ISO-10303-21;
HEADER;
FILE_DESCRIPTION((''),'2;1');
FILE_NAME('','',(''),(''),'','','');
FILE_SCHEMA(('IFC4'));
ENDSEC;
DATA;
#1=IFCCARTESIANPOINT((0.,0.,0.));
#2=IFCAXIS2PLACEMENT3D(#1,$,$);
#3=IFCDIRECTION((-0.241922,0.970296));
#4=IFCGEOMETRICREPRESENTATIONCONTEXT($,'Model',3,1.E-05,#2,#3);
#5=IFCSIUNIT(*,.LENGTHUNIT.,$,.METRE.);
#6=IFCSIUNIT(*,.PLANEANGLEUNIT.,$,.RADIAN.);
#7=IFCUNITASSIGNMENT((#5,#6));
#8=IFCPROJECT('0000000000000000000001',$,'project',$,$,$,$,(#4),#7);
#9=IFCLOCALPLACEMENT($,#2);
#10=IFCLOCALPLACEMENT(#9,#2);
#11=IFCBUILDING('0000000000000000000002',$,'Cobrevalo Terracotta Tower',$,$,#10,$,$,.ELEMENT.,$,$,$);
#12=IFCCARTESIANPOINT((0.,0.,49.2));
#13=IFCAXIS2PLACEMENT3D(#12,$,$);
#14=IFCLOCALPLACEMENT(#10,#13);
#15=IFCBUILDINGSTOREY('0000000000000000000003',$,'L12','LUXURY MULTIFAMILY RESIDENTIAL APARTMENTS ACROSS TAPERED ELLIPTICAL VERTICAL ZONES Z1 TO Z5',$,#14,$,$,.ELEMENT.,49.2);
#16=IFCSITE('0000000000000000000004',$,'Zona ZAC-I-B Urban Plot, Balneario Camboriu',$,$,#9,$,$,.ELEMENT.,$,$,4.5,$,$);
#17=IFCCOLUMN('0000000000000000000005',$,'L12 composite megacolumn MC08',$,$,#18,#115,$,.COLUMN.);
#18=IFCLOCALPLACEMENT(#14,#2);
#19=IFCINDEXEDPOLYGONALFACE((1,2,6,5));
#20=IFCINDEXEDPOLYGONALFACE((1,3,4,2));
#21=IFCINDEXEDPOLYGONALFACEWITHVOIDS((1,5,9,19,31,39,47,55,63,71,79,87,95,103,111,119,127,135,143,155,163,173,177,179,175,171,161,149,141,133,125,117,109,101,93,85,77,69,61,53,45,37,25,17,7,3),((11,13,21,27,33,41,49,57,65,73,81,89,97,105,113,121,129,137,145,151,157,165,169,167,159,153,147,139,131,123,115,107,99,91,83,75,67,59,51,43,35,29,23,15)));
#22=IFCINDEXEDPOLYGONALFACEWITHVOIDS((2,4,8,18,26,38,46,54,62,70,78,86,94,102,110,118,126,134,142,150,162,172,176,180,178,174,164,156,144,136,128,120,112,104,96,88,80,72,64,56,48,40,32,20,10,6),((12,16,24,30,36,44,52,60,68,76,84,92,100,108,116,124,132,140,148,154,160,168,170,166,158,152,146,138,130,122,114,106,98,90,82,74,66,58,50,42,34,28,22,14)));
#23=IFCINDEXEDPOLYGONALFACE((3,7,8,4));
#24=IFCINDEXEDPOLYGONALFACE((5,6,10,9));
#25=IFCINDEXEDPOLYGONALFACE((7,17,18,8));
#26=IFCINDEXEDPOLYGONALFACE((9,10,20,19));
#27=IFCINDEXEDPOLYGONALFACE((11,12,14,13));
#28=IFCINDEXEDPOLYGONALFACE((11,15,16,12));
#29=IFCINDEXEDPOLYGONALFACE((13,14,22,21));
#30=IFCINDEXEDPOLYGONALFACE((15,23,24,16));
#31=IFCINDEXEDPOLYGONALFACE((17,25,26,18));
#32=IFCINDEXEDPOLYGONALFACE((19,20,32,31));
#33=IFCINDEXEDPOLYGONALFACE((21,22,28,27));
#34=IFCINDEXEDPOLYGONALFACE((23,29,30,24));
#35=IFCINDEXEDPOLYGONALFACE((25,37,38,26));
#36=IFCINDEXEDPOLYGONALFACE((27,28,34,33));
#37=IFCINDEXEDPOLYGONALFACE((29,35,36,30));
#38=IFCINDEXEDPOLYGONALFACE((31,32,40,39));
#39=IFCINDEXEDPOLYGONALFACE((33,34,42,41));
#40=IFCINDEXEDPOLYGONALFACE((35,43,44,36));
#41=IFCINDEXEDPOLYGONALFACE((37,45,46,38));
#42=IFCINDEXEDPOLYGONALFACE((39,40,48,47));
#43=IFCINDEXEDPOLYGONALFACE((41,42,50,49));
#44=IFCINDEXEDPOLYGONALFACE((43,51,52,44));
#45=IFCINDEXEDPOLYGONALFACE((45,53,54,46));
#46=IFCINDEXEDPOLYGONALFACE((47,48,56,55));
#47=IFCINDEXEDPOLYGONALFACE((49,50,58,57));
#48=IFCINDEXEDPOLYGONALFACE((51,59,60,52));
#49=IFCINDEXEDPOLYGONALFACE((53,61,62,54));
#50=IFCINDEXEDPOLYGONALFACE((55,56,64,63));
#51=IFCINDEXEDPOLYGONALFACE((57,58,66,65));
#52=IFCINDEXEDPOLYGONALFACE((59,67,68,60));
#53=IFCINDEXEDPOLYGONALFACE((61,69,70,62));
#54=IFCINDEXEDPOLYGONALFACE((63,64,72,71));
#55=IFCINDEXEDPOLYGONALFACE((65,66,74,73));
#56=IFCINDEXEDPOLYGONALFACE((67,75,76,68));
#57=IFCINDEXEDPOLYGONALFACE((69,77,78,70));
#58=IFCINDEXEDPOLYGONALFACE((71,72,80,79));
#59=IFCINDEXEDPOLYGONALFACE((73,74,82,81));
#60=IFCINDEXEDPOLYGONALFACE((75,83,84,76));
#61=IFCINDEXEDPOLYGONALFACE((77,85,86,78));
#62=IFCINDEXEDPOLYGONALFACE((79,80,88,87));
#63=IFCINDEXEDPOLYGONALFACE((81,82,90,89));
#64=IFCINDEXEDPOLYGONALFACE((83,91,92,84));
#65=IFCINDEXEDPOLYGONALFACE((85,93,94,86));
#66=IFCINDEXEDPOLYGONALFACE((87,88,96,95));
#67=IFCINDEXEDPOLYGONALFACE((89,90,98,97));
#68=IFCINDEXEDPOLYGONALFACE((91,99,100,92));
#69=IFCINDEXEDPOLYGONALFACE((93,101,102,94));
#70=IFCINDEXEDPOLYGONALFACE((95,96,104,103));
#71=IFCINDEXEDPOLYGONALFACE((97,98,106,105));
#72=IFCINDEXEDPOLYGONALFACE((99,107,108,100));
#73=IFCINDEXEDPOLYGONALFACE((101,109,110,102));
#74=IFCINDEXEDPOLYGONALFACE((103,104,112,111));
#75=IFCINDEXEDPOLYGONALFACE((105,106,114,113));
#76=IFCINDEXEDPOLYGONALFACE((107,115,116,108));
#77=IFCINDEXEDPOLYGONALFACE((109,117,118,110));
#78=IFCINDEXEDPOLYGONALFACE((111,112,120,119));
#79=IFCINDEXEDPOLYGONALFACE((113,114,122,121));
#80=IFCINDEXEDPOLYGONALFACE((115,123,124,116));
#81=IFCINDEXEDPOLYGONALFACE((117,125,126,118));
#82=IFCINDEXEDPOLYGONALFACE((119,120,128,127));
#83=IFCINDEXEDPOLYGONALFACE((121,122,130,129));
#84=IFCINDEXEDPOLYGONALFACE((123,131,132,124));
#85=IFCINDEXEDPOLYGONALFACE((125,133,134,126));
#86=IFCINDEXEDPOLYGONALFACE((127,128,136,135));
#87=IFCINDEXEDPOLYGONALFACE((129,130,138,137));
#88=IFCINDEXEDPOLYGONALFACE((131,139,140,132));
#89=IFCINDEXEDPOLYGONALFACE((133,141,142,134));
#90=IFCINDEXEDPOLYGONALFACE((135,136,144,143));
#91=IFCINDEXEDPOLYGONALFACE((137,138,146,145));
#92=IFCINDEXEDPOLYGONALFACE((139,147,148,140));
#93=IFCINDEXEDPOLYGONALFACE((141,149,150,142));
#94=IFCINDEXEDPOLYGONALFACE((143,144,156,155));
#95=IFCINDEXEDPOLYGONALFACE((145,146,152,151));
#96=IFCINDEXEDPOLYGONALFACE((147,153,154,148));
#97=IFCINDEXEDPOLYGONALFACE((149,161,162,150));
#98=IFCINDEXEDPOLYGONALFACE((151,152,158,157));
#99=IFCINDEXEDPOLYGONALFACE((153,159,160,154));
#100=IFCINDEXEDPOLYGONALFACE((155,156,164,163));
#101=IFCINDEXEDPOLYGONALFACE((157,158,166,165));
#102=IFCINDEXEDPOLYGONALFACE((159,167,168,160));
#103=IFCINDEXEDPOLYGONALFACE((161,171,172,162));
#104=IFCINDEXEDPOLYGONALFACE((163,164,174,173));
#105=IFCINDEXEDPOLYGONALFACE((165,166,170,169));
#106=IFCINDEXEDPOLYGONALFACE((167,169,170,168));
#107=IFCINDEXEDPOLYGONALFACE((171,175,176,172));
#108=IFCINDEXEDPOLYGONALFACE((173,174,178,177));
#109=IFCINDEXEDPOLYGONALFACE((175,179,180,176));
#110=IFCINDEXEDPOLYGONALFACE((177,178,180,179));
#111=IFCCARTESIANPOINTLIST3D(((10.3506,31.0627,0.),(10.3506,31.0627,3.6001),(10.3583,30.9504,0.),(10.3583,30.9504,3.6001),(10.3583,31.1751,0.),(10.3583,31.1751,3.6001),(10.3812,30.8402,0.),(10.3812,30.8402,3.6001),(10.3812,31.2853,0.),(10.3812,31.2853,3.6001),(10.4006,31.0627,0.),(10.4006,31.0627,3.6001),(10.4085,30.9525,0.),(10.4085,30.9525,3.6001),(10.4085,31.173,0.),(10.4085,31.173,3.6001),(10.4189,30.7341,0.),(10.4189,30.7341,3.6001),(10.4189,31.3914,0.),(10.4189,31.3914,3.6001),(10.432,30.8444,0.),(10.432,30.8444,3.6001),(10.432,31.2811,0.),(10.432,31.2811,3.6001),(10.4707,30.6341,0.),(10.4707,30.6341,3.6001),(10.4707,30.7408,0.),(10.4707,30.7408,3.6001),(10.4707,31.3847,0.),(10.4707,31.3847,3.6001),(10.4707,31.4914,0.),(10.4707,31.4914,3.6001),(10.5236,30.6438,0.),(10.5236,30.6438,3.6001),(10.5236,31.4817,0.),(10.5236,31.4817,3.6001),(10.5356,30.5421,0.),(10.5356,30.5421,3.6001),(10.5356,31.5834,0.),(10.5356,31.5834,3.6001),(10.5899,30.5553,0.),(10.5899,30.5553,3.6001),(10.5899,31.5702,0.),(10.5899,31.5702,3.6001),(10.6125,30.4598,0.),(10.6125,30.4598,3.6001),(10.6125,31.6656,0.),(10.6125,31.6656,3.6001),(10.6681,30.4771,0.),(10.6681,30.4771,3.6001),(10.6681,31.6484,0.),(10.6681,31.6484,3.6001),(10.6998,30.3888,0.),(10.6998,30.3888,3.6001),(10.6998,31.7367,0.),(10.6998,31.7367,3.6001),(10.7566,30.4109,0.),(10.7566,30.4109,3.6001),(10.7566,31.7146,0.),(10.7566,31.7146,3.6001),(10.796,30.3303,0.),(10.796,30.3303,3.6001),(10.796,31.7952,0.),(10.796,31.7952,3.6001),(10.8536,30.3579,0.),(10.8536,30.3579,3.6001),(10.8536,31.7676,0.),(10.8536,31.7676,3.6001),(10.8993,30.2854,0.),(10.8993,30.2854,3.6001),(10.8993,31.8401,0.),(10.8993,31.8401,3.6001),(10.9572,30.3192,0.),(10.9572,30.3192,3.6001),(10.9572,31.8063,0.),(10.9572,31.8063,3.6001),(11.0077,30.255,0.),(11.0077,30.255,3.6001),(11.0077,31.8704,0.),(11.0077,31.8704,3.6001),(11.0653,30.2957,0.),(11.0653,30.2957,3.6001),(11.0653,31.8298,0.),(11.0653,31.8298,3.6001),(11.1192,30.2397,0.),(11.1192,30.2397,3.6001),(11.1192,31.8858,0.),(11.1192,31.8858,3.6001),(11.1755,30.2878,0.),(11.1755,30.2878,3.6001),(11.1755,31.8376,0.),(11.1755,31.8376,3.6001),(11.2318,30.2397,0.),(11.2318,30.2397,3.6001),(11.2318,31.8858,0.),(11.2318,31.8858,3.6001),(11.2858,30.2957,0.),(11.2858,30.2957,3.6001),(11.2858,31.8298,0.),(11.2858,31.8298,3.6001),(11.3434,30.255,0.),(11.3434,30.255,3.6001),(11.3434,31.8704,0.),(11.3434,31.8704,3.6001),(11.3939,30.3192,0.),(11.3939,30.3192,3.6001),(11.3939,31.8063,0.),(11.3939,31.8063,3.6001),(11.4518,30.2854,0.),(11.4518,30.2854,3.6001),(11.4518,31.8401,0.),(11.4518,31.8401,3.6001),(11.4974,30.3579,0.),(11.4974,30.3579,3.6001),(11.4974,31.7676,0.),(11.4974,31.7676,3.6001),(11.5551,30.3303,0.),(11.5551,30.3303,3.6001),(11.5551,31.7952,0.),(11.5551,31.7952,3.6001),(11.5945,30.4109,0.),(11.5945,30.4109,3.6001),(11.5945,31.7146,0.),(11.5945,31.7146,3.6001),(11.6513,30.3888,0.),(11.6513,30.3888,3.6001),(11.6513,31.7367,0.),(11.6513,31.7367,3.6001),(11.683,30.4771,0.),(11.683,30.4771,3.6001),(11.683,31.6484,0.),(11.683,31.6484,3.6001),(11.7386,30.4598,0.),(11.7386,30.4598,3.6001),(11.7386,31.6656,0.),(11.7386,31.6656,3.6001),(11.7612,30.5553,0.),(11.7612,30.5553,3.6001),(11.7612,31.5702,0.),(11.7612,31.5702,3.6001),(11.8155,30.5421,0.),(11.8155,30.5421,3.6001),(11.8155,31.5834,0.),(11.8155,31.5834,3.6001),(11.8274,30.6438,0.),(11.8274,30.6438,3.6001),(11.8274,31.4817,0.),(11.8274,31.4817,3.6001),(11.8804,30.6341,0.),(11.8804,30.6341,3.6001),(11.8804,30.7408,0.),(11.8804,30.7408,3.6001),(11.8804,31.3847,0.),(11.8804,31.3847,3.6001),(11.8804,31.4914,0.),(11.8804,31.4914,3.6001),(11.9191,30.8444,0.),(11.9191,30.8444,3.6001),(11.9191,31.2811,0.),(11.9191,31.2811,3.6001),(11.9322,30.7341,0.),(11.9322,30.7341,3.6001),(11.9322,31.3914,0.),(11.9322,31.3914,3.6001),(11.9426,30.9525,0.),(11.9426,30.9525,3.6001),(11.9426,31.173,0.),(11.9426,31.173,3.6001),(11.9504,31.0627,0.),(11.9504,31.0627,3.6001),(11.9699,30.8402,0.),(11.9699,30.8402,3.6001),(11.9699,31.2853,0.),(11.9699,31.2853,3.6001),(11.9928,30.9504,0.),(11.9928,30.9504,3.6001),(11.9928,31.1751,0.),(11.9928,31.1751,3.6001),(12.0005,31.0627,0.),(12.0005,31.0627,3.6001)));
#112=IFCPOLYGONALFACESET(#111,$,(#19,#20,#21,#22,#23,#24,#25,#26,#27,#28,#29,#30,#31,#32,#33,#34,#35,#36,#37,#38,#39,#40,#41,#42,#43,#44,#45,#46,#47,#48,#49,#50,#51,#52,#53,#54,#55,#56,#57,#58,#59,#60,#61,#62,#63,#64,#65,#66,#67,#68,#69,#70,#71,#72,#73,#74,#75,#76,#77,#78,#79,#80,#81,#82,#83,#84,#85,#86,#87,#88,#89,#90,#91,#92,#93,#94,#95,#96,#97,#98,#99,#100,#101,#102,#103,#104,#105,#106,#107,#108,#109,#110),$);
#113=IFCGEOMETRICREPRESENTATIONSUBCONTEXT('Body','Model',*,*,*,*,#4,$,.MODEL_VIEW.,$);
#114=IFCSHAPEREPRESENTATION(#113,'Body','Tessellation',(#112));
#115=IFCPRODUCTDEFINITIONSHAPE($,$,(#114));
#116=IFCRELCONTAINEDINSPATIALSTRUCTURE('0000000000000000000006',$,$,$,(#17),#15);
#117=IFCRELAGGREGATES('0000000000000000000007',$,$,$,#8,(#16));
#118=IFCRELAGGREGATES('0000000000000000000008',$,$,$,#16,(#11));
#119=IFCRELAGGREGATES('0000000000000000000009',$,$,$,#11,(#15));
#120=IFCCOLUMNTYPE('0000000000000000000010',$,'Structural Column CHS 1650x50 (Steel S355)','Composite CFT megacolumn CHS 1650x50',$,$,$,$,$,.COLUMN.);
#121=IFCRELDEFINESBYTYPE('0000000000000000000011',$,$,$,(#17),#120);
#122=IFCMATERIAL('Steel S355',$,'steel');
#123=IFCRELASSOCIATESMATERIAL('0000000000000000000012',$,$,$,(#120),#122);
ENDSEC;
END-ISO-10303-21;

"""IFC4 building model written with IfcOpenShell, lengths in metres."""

from ifc_helpers import new_model, si_unit, direction, frame, origin, origin_2d, place, context, subcontext, project, spatial, hollow_circle, extrude, material, material_profile, profile_set, type_object, element, save


model = new_model("IFC4")

# Units and contexts
model_context = context("Model", 3, precision=1e-05, world=origin(), true_north=direction((-0.241922, 0.970296)))
body_context = subcontext(model_context, "Body", "Model", "MODEL_VIEW")
ifc_project = project(units=[si_unit("LENGTHUNIT", "METRE"), si_unit("PLANEANGLEUNIT", "RADIAN")], contexts=[model_context])

# Site, building, storey
site_placement = place(None, origin())
site = spatial("IfcSite", under=ifc_project, at=site_placement, Name="Zona ZAC-I-B Urban Plot, Balneario Camboriu", CompositionType="ELEMENT", RefElevation=4.5)
building_placement = place(site_placement, origin())
building = spatial("IfcBuilding", under=site, at=building_placement, Name="Cobrevalo Terracotta Tower", CompositionType="ELEMENT")
storey_placement = place(building_placement, frame((0.0, 0.0, 49.2)))
storey = spatial("IfcBuildingStorey", under=building, at=storey_placement, Name="L12", Description="LUXURY MULTIFAMILY RESIDENTIAL APARTMENTS ACROSS TAPERED ELLIPTICAL VERTICAL ZONES Z1 TO Z5", CompositionType="ELEMENT", Elevation=49.2)

# Column
ifc_material_1 = material(Name="Steel S355", Category="steel")
ifc_material_profile_1 = material_profile(ifc_material_1, hollow_circle(Radius=0.825, WallThickness=0.05, at=origin_2d()), Name="CHS 1650x50")
ifc_profile_set_1 = profile_set([ifc_material_profile_1], Name="Steel S355")
column_type = type_object("IfcColumnType", Name="Structural Column CHS 1650x50 (Steel S355)", Description="Composite CFT megacolumn CHS 1650x50", PredefinedType="COLUMN", material=ifc_profile_set_1)
for number, where, z_axis, x_axis, name in (
    (1, (11.1755, 31.0627, 0.0), (0.0, 0.0, 1.0), (1.0, 0.0, 0.0), "L12 composite megacolumn MC08"),
):
    element("IfcColumn", number, at=place(storey_placement, frame(where, z_axis=z_axis, x_axis=x_axis)), inside=storey, type_object=column_type, Name=name, PredefinedType="COLUMN", context=body_context, shape_type="SweptSolid", body=[
        extrude(hollow_circle(Radius=0.825, WallThickness=0.05, at=origin_2d()), origin(), (0.0, 0.0, 1.0), 3.6001),
    ])

save(model, "model.ifc")
